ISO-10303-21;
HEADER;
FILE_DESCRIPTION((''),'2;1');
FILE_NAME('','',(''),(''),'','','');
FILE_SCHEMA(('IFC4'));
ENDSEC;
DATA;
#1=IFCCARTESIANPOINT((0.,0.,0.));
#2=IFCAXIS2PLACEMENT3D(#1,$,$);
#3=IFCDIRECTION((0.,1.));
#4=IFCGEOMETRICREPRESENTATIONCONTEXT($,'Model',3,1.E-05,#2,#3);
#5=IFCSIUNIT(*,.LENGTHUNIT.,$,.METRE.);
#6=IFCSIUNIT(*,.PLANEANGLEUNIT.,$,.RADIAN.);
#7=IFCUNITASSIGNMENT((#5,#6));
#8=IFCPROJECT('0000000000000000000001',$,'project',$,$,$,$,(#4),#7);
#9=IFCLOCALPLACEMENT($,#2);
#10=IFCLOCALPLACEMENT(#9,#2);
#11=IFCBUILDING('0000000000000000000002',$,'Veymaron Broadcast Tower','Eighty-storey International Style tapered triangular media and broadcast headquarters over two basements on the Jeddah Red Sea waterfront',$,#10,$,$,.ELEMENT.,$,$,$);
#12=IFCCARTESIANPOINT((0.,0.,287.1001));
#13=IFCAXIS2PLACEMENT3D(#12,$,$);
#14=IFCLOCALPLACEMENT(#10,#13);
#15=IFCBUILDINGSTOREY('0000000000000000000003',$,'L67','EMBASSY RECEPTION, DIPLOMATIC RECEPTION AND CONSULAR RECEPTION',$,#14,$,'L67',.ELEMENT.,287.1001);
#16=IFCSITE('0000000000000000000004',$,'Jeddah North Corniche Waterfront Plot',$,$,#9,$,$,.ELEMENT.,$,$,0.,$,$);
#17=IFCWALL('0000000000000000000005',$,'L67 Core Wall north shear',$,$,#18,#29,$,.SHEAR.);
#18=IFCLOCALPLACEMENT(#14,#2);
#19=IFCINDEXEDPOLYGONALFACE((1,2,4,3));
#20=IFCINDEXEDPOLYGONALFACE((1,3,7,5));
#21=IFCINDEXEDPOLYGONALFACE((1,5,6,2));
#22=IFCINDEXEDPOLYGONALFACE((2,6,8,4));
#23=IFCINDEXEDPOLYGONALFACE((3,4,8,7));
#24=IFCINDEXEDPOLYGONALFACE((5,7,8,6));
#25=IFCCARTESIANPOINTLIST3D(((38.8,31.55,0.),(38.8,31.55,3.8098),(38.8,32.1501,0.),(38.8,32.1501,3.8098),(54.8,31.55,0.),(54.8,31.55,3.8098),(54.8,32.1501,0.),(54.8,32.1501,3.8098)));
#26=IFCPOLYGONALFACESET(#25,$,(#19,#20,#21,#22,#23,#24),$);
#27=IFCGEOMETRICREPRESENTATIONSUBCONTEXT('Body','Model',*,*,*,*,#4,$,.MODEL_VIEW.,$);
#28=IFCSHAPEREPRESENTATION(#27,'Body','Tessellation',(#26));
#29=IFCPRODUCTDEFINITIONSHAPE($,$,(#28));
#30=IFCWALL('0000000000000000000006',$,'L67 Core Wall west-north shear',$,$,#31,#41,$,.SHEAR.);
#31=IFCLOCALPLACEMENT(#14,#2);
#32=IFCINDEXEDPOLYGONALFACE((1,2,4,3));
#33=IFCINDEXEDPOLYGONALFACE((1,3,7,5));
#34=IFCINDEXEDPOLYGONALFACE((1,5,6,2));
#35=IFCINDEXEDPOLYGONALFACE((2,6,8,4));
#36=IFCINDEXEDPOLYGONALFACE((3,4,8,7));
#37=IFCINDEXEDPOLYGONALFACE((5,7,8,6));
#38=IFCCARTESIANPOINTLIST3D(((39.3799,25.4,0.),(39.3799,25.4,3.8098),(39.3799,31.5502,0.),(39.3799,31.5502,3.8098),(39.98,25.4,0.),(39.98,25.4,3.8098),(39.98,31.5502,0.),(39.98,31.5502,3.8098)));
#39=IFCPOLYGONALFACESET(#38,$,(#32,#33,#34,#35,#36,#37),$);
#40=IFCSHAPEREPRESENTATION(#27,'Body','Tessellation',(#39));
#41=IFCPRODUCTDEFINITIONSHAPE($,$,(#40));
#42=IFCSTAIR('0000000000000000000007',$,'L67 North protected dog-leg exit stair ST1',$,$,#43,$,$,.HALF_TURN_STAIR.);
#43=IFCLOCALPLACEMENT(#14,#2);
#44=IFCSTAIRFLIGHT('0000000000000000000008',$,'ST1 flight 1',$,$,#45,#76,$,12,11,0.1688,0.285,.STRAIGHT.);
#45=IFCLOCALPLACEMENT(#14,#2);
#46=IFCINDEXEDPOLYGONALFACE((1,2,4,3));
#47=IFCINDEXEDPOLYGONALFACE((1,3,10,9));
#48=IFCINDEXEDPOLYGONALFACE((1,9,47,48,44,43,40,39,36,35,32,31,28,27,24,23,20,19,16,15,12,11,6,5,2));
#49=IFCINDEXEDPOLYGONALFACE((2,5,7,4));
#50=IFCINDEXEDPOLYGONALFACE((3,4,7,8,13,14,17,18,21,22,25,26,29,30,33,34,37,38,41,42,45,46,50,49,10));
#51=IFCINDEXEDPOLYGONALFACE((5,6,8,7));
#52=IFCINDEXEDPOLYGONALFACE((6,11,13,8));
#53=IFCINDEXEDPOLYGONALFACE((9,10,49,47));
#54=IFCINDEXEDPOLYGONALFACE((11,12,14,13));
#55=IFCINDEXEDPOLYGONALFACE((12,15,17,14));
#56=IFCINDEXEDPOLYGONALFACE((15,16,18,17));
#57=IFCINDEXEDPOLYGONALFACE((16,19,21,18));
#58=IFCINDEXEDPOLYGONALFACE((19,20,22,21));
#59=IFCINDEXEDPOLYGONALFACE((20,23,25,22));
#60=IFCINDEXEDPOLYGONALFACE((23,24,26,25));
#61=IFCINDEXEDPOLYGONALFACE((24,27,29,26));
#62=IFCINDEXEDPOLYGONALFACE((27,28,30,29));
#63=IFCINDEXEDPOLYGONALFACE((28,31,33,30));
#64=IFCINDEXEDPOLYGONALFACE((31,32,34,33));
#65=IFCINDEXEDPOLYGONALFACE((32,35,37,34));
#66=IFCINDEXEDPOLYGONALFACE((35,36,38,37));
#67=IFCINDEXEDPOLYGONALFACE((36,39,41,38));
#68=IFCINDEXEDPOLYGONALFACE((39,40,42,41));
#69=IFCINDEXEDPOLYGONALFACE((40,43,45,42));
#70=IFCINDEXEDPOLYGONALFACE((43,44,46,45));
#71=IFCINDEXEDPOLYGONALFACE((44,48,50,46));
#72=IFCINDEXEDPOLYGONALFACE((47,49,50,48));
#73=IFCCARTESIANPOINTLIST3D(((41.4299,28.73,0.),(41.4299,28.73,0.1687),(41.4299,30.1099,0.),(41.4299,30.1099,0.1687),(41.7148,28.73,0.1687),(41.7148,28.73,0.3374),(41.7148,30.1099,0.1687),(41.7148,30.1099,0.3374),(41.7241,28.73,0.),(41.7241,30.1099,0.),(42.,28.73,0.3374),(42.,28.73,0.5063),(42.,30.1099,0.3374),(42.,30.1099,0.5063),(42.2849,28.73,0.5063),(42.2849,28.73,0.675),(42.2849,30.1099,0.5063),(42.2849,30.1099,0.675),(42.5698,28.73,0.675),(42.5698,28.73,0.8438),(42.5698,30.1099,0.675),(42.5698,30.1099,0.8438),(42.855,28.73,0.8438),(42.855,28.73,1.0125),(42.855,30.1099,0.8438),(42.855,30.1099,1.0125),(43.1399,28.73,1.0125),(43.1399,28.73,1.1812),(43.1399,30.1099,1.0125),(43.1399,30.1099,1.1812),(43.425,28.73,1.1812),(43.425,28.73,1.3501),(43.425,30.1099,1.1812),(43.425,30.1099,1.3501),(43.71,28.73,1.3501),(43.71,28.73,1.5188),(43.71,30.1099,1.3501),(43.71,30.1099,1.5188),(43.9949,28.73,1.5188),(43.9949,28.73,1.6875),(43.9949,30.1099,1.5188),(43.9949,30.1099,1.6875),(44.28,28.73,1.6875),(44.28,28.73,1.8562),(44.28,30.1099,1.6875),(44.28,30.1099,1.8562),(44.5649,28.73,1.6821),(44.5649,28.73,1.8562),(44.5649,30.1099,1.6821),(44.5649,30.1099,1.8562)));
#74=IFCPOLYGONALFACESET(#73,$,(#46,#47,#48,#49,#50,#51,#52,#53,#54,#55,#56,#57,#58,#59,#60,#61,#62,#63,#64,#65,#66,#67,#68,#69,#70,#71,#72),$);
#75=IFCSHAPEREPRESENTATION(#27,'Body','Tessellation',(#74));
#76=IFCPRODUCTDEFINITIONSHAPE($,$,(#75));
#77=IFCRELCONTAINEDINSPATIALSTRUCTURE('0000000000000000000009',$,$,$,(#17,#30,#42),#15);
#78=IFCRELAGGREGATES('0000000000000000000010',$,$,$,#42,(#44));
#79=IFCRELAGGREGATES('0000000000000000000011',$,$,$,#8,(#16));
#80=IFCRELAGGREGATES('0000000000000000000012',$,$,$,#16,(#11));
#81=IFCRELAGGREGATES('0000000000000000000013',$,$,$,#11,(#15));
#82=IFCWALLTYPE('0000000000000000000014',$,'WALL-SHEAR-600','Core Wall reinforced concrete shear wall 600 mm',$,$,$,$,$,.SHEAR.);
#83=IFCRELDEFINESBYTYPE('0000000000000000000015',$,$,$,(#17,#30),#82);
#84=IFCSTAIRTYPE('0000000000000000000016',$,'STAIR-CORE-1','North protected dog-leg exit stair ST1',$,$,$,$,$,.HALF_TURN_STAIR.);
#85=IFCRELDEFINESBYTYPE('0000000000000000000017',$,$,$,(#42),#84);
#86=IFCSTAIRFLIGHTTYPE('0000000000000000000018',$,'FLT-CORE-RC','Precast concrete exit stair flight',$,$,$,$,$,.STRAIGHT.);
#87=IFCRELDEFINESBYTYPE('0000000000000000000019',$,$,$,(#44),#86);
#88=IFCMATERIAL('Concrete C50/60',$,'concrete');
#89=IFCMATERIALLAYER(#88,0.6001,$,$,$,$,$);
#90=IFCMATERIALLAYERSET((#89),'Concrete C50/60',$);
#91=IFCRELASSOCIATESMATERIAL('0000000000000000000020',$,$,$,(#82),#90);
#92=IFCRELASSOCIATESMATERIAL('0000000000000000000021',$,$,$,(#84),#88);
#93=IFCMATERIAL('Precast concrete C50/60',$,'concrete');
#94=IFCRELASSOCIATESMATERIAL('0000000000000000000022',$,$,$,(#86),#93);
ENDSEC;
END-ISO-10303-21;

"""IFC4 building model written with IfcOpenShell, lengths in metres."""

from ifc_helpers import new_model, si_unit, direction, frame, frame_2d, origin, place, context, subcontext, project, spatial, polyline, rectangle, outline, extrude, material, layer, layer_set, type_object, element, aggregate, save


model = new_model("IFC4")

# Units and contexts
model_context = context("Model", 3, precision=1e-05, world=origin(), true_north=direction((0.0, 1.0)))
body_context = subcontext(model_context, "Body", "Model", "MODEL_VIEW")
ifc_project = project(units=[si_unit("LENGTHUNIT", "METRE"), si_unit("PLANEANGLEUNIT", "RADIAN")], contexts=[model_context])

# Site, building, storey
site_placement = place(None, origin())
site = spatial("IfcSite", under=ifc_project, at=site_placement, Name="Jeddah North Corniche Waterfront Plot", CompositionType="ELEMENT", RefElevation=0.0)
building_placement = place(site_placement, origin())
building = spatial("IfcBuilding", under=site, at=building_placement, Name="Veymaron Broadcast Tower", Description="Eighty-storey International Style tapered triangular media and broadcast headquarters over two basements on the Jeddah Red Sea waterfront", CompositionType="ELEMENT")
storey_placement = place(building_placement, frame((0.0, 0.0, 287.1001)))
storey = spatial("IfcBuildingStorey", under=building, at=storey_placement, Name="L67", Description="EMBASSY RECEPTION, DIPLOMATIC RECEPTION AND CONSULAR RECEPTION", LongName="L67", CompositionType="ELEMENT", Elevation=287.1001)

# Shared definitions
ifc_material_1 = material(Name="Concrete C50/60", Category="concrete")

# Walls
ifc_layer_1 = layer(ifc_material_1, 0.6001)
ifc_layer_set_1 = layer_set([ifc_layer_1], Name="Concrete C50/60")
wall_type_1 = type_object("IfcWallType", Name="WALL-SHEAR-600", Description="Core Wall reinforced concrete shear wall 600 mm", PredefinedType="SHEAR", material=ifc_layer_set_1)
wall_1_placement = place(storey_placement, frame((38.8, 31.8501, 0.0), z_axis=(0.0, 0.0, 1.0), x_axis=(1.0, 0.0, 0.0)))
element("IfcWall", 1, at=wall_1_placement, inside=storey, type_object=wall_type_1, Name="L67 Core Wall north shear", PredefinedType="SHEAR", context=body_context, shape_type="SweptSolid", body=[
    extrude(rectangle(XDim=16.0, YDim=0.6001, at=frame_2d((8.0, 0.0))), origin(), (0.0, 0.0, 1.0), 3.8098),
])
wall_2_placement = place(storey_placement, frame((39.6799, 25.3999, 0.0), z_axis=(0.0, 0.0, 1.0), x_axis=(0.0, 1.0, 0.0)))
element("IfcWall", 2, at=wall_2_placement, inside=storey, type_object=wall_type_1, Name="L67 Core Wall west-north shear", PredefinedType="SHEAR", context=body_context, shape_type="SweptSolid", body=[
    extrude(rectangle(XDim=6.1501, YDim=0.6001, at=frame_2d((3.0752, 0.0))), origin(), (0.0, 0.0, 1.0), 3.8098),
])

# Stair, stair flight
stair_type = type_object("IfcStairType", Name="STAIR-CORE-1", Description="North protected dog-leg exit stair ST1", PredefinedType="HALF_TURN_STAIR", material=ifc_material_1)
stair_placement = place(storey_placement, origin())
stair = element("IfcStair", 3, at=stair_placement, inside=storey, type_object=stair_type, Name="L67 North protected dog-leg exit stair ST1", PredefinedType="HALF_TURN_STAIR")
ifc_material_2 = material(Name="Precast concrete C50/60", Category="concrete")
stair_flight_type = type_object("IfcStairFlightType", Name="FLT-CORE-RC", Description="Precast concrete exit stair flight", PredefinedType="STRAIGHT", material=ifc_material_2)
stair_flight_placement = place(storey_placement, frame((41.4299, 29.4199, 0.0), z_axis=(0.0, 0.0, 1.0), x_axis=(1.0, 0.0, 0.0)))
stair_flight = element("IfcStairFlight", 4, at=stair_flight_placement, type_object=stair_flight_type, Name="ST1 flight 1", NumberOfRisers=12, NumberOfTreads=11, PredefinedType="STRAIGHT", RiserHeight=0.1688, TreadLength=0.285, context=body_context, shape_type="SweptSolid", body=[
    extrude(outline(polyline([(0.0, 0.0), (0.0, 0.1687), (0.2849, 0.1687), (0.2849, 0.3374), (0.5701, 0.3374), (0.5701, 0.5063), (0.855, 0.5063), (0.855, 0.675), (1.1399, 0.675), (1.1399, 0.8438), (1.425, 0.8438), (1.425, 1.0125), (1.71, 1.0125), (1.71, 1.1812), (1.9951, 1.1812), (1.9951, 1.3501), (2.28, 1.3501), (2.28, 1.5188), (2.5649, 1.5188), (2.5649, 1.6875), (2.8501, 1.6875), (2.8501, 1.8562), (3.135, 1.8562), (3.135, 2.0249), (3.135, 1.6821), (0.2942, 0.0), (0.0, 0.0)])), frame((0.0, 0.6899, 0.0), z_axis=(0.0, -1.0, 0.0), x_axis=(1.0, 0.0, 0.0)), (0.0, 0.0, 1.0), 1.3799),
])
aggregate(stair, [stair_flight])

save(model, "model.ifc")
